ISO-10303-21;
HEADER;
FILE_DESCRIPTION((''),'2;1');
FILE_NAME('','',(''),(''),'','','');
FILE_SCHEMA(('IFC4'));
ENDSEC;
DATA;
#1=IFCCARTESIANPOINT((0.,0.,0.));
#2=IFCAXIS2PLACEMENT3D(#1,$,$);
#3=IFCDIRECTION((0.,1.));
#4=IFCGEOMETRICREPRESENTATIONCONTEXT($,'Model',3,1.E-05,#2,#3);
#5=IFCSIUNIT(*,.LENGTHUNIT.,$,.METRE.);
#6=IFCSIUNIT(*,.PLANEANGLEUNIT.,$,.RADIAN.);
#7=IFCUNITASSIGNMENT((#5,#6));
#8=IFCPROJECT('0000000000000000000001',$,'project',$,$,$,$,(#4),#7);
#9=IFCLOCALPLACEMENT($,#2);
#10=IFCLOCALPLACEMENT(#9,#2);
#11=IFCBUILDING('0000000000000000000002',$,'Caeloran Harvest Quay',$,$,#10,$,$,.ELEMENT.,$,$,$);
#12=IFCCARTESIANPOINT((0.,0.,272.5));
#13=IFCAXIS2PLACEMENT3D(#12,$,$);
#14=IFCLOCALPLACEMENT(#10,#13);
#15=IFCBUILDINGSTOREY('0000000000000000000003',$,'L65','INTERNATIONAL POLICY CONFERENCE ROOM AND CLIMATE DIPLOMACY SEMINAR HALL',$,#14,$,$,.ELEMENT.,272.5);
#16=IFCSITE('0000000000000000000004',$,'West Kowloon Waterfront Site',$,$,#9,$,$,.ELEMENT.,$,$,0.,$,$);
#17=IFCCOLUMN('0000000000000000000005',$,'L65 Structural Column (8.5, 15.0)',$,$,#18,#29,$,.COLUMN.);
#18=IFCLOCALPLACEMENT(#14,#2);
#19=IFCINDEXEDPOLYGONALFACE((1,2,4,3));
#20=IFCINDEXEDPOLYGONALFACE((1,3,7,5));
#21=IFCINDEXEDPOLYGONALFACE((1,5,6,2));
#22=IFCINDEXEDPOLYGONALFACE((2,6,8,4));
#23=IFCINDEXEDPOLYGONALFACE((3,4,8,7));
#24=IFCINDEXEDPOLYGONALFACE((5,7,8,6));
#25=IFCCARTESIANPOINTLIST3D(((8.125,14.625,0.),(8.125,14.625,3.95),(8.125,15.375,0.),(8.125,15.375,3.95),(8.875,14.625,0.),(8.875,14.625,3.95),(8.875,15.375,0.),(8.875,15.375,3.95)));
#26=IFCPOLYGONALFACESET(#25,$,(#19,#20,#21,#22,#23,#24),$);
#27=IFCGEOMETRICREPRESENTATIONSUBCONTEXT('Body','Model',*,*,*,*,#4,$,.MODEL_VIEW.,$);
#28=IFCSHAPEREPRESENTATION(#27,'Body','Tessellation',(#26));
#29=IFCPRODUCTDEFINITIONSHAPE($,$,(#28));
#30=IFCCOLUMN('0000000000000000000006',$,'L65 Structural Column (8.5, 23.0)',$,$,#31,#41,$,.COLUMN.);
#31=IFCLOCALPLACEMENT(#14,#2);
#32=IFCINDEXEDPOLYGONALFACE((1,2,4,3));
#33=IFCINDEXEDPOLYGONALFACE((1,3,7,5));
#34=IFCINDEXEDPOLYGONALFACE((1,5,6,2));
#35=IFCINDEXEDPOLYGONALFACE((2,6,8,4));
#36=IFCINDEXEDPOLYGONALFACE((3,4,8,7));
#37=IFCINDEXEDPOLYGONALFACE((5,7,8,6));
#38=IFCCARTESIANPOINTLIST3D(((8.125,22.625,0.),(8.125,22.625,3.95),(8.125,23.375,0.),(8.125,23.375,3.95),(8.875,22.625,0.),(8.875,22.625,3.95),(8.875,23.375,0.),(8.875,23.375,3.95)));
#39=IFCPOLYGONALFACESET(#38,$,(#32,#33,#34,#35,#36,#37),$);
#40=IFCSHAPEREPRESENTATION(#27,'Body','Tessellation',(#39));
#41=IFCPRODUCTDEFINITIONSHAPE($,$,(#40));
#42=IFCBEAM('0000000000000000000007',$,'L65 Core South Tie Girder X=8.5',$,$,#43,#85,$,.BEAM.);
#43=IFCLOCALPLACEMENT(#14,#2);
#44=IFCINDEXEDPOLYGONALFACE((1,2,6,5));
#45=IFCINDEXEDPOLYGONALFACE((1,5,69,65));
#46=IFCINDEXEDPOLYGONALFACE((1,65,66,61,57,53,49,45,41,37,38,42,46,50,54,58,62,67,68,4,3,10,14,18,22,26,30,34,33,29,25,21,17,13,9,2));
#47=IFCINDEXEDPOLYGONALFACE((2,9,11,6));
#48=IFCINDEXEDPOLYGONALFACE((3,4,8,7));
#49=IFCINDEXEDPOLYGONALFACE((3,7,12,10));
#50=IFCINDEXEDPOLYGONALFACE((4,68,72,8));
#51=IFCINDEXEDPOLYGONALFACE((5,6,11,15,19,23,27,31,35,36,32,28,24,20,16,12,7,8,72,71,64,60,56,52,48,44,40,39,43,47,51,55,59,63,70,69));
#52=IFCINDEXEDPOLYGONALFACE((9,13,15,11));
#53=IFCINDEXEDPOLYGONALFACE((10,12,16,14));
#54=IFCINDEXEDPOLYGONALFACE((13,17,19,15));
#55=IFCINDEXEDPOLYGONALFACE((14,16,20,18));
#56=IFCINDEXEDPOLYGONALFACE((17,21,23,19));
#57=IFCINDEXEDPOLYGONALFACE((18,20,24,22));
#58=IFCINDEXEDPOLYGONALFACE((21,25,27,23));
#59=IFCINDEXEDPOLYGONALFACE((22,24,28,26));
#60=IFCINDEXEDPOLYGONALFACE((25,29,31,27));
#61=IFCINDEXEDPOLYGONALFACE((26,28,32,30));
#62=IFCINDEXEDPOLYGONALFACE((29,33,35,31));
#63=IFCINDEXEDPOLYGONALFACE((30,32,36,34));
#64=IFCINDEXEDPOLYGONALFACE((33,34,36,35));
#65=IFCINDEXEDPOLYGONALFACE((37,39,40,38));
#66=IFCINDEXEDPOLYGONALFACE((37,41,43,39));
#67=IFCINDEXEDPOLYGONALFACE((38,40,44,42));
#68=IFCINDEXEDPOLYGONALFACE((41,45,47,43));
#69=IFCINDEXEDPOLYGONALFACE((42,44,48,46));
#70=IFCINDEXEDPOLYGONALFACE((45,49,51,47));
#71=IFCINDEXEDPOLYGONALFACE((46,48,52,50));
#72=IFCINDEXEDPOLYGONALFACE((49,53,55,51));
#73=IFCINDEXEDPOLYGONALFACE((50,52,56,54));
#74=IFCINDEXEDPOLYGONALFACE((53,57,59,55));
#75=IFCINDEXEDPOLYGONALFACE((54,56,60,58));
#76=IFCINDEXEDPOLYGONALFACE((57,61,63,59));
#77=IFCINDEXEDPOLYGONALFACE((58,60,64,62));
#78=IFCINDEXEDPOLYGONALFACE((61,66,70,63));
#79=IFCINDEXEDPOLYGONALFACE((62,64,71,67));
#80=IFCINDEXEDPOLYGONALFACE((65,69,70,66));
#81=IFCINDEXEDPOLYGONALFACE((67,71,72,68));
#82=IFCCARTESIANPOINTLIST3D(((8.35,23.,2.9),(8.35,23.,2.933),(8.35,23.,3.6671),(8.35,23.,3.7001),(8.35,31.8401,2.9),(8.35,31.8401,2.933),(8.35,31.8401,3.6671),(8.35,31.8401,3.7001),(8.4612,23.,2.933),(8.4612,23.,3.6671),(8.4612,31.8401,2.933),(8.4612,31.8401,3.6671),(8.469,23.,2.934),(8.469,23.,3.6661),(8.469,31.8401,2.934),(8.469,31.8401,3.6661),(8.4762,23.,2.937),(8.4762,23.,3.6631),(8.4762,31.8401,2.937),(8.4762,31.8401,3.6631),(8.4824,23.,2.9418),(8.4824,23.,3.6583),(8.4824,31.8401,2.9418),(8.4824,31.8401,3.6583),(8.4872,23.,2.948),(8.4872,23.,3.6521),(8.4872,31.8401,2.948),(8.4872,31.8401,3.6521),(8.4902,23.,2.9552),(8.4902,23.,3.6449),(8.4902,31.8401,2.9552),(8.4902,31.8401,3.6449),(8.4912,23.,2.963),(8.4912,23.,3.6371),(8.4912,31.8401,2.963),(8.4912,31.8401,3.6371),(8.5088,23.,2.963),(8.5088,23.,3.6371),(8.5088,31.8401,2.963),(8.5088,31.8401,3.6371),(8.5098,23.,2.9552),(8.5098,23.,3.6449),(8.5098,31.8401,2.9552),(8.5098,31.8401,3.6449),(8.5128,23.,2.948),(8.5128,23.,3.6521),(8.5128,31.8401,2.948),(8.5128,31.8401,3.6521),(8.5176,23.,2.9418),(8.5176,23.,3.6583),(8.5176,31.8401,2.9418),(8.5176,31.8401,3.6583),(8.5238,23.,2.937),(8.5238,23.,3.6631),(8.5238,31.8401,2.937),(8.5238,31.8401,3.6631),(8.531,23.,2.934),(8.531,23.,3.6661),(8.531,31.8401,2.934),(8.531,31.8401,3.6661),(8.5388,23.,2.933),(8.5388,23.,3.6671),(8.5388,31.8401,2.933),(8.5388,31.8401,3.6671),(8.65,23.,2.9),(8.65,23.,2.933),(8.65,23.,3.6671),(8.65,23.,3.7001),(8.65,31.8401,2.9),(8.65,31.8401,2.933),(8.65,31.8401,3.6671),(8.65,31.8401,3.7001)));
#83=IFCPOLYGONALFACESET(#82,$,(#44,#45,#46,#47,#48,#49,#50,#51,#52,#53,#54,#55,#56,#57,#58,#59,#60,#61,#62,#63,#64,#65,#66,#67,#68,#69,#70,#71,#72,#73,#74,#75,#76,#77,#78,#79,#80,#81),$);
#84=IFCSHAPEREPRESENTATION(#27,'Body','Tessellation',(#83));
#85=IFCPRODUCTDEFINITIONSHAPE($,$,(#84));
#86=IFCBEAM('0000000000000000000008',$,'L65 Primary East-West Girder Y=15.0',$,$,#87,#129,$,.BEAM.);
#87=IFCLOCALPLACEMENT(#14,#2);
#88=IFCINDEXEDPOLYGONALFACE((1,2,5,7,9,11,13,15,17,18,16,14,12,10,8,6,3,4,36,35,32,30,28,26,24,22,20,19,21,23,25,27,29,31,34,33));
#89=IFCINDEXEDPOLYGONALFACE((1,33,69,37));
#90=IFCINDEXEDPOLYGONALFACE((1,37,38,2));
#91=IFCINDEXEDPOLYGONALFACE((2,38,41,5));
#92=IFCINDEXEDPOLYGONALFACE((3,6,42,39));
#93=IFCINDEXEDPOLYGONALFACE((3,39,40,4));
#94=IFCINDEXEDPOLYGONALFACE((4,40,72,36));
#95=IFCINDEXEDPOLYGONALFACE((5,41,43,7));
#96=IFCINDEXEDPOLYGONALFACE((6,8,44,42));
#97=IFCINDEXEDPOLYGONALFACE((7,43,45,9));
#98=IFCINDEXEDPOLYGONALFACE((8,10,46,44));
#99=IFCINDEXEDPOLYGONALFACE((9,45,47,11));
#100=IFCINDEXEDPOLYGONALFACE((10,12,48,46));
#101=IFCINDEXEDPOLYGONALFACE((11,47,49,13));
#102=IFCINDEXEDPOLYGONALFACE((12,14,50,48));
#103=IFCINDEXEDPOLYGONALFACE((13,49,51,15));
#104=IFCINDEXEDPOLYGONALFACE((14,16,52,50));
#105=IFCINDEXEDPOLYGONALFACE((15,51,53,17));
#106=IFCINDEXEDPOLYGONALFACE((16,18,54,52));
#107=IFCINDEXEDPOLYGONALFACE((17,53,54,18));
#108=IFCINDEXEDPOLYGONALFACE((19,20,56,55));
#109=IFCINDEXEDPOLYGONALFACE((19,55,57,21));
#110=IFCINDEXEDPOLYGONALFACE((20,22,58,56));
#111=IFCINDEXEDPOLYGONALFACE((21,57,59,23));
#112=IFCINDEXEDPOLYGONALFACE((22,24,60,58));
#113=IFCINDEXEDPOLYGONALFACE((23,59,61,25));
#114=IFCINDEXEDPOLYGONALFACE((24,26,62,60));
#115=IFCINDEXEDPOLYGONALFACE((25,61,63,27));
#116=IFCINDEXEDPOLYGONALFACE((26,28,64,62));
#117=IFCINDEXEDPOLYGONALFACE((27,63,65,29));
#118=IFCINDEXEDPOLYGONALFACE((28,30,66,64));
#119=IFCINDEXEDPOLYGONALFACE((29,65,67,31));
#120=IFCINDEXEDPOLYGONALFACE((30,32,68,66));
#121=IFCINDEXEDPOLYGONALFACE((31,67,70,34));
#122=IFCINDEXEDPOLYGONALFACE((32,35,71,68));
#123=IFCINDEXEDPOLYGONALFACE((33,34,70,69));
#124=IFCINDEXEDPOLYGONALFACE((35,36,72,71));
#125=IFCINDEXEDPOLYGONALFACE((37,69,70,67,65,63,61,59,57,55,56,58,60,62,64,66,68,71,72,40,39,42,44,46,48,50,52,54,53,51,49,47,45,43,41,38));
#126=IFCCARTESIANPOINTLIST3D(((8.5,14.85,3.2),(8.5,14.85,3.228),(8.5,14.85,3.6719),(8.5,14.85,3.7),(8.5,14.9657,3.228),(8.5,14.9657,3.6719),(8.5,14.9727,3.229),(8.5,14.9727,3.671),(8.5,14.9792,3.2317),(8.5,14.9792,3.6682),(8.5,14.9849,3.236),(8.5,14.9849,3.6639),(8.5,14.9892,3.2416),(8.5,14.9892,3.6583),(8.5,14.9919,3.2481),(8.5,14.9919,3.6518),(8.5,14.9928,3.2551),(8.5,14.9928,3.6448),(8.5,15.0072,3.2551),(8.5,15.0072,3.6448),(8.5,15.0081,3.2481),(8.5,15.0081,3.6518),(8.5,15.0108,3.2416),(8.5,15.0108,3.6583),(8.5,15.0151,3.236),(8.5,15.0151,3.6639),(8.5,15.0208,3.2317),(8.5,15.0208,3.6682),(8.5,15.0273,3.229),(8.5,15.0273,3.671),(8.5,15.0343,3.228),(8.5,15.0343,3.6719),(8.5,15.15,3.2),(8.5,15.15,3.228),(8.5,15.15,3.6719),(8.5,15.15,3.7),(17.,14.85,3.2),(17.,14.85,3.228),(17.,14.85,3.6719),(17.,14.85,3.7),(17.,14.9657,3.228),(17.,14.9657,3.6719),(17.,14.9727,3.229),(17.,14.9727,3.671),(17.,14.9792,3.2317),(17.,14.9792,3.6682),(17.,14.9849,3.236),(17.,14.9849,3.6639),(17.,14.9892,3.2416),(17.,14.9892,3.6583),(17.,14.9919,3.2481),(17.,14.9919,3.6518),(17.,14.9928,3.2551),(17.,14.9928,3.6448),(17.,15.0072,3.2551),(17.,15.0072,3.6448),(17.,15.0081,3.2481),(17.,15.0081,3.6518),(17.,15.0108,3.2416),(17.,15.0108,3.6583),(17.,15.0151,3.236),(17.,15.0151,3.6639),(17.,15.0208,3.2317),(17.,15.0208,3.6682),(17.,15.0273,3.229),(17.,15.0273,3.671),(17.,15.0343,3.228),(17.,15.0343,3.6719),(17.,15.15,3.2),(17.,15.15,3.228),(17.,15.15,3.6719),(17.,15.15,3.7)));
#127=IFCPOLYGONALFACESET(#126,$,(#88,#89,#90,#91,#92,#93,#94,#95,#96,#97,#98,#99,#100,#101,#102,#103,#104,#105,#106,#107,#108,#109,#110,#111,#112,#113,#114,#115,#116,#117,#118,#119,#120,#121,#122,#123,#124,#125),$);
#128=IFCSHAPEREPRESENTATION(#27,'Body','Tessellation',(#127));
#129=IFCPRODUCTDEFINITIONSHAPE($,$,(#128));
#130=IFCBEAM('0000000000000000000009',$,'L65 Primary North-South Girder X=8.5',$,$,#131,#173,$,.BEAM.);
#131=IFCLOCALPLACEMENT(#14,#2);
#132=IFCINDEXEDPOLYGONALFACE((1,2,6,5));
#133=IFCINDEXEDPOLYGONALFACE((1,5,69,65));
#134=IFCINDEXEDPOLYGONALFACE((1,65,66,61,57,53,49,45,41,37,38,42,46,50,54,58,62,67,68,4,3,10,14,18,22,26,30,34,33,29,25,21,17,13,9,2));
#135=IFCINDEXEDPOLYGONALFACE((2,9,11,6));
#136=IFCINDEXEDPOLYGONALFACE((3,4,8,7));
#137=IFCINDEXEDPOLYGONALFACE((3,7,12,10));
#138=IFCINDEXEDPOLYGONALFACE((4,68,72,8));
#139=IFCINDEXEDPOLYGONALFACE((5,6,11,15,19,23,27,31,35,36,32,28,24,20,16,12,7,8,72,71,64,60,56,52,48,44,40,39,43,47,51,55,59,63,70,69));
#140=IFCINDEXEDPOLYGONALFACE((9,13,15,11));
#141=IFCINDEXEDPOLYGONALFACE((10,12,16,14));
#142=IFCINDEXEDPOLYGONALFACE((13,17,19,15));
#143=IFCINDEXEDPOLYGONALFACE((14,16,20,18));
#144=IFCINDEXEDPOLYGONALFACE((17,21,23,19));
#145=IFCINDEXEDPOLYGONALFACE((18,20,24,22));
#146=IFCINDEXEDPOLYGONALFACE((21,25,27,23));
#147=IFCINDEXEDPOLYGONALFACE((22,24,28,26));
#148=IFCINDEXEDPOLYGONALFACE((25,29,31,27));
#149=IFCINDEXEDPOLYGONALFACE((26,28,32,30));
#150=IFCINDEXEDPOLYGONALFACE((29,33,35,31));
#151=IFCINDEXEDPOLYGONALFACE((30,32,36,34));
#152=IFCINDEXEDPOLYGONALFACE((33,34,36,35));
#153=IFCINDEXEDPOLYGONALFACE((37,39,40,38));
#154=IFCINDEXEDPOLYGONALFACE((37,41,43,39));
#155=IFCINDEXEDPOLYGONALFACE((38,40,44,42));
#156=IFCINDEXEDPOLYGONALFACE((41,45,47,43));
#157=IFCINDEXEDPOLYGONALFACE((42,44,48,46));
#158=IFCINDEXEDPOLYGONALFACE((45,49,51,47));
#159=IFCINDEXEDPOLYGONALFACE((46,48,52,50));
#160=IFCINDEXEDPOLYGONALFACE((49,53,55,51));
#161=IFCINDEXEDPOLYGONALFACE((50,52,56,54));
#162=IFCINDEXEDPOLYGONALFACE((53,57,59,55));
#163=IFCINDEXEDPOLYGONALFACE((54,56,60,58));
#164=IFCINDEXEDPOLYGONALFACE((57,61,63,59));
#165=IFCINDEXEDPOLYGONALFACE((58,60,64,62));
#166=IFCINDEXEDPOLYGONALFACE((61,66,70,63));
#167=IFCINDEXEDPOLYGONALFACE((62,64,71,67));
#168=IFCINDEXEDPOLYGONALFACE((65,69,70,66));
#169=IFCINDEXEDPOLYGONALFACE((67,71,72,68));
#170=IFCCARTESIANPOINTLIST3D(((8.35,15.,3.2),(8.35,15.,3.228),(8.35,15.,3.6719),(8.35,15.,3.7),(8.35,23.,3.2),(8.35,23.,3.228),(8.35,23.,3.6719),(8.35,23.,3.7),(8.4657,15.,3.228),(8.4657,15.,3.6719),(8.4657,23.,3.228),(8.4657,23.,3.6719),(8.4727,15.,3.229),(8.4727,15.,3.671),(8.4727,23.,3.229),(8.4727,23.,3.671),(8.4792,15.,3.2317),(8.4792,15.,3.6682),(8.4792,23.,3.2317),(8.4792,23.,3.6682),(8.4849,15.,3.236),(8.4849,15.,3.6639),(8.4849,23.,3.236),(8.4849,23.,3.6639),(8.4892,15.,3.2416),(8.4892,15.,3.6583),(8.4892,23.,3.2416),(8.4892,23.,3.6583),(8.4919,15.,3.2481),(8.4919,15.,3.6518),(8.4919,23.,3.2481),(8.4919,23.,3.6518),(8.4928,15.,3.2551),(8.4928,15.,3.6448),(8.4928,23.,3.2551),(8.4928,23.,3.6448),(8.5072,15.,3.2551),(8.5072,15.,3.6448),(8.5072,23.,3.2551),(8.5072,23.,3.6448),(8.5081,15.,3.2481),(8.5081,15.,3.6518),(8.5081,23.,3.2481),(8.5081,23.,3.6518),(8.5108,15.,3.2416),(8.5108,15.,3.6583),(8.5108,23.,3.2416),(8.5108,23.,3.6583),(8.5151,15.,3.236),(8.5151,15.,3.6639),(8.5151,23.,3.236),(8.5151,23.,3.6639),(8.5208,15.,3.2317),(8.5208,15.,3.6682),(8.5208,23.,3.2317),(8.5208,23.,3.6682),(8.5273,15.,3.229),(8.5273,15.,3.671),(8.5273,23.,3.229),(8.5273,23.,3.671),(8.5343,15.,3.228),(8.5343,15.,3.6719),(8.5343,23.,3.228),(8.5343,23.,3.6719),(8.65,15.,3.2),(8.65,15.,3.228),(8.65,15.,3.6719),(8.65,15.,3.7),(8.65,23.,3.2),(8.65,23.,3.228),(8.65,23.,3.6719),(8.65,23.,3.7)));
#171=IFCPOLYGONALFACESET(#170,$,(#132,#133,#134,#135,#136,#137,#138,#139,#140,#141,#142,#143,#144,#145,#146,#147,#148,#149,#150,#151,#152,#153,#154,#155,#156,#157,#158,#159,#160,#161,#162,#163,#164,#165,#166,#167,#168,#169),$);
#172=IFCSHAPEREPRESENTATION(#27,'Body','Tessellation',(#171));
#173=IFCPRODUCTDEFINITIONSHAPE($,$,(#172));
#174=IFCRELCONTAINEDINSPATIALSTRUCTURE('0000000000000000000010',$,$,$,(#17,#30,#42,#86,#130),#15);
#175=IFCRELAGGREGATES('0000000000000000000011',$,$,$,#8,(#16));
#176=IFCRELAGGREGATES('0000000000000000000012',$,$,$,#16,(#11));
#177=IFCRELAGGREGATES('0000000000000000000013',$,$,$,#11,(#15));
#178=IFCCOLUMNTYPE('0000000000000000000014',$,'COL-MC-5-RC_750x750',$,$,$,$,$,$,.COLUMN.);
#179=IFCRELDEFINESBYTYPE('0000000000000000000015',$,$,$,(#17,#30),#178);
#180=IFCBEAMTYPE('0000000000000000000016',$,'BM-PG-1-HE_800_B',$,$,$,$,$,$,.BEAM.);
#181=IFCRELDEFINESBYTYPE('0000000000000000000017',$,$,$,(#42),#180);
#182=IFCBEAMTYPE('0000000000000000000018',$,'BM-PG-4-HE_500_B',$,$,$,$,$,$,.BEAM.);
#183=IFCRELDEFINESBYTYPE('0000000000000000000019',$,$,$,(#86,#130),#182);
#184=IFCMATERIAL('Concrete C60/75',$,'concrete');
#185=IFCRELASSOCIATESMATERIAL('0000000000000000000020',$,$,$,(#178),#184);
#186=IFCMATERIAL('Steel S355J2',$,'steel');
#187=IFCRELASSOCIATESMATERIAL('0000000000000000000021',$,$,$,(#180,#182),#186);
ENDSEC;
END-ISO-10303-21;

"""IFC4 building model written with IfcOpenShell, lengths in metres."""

from ifc_helpers import new_model, si_unit, direction, frame, origin, origin_2d, place, context, subcontext, project, spatial, rectangle, i_section, extrude, material, material_profile, profile_set, type_object, element, save


model = new_model("IFC4")

# Units and contexts
model_context = context("Model", 3, precision=1e-05, world=origin(), true_north=direction((0.0, 1.0)))
body_context = subcontext(model_context, "Body", "Model", "MODEL_VIEW")
ifc_project = project(units=[si_unit("LENGTHUNIT", "METRE"), si_unit("PLANEANGLEUNIT", "RADIAN")], contexts=[model_context])

# Site, building, storey
site_placement = place(None, origin())
site = spatial("IfcSite", under=ifc_project, at=site_placement, Name="West Kowloon Waterfront Site", CompositionType="ELEMENT", RefElevation=0.0)
building_placement = place(site_placement, origin())
building = spatial("IfcBuilding", under=site, at=building_placement, Name="Caeloran Harvest Quay", CompositionType="ELEMENT")
storey_placement = place(building_placement, frame((0.0, 0.0, 272.5)))
storey = spatial("IfcBuildingStorey", under=building, at=storey_placement, Name="L65", Description="INTERNATIONAL POLICY CONFERENCE ROOM AND CLIMATE DIPLOMACY SEMINAR HALL", CompositionType="ELEMENT", Elevation=272.5)

# Columns
ifc_material_1 = material(Name="Concrete C60/75", Category="concrete")
ifc_material_profile_1 = material_profile(ifc_material_1, rectangle(XDim=0.75, YDim=0.75, at=origin_2d()), Name="RC 750x750")
ifc_profile_set_1 = profile_set([ifc_material_profile_1], Name="Concrete C60/75")
column_type = type_object("IfcColumnType", Name="COL-MC-5-RC_750x750", PredefinedType="COLUMN", material=ifc_profile_set_1)
for number, where, z_axis, x_axis, name in (
    (1, (8.5, 15.0, 0.0), (0.0, 0.0, 1.0), (1.0, 0.0, 0.0), "L65 Structural Column (8.5, 15.0)"),
    (2, (8.5, 23.0, 0.0), (0.0, 0.0, 1.0), (1.0, 0.0, 0.0), "L65 Structural Column (8.5, 23.0)"),
):
    element("IfcColumn", number, at=place(storey_placement, frame(where, z_axis=z_axis, x_axis=x_axis)), inside=storey, type_object=column_type, Name=name, PredefinedType="COLUMN", context=body_context, shape_type="SweptSolid", body=[
        extrude(rectangle(XDim=0.75, YDim=0.75, at=origin_2d()), origin(), (0.0, 0.0, 1.0), 3.95),
    ])

# Beams
ifc_material_2 = material(Name="Steel S355J2", Category="steel")
ifc_material_profile_2 = material_profile(ifc_material_2, i_section(OverallWidth=0.3, OverallDepth=0.8, WebThickness=0.0176, FlangeThickness=0.033, FilletRadius=0.03, at=origin_2d()), Name="HE 800 B")
ifc_profile_set_2 = profile_set([ifc_material_profile_2], Name="Steel S355J2")
beam_type_1 = type_object("IfcBeamType", Name="BM-PG-1-HE_800_B", PredefinedType="BEAM", material=ifc_profile_set_2)
beam_1_placement = place(storey_placement, frame((8.5, 23.0, 3.3), z_axis=(0.0, 1.0, 0.0), x_axis=(-1.0, 0.0, 0.0)))
element("IfcBeam", 3, at=beam_1_placement, inside=storey, type_object=beam_type_1, Name="L65 Core South Tie Girder X=8.5", PredefinedType="BEAM", context=body_context, shape_type="SweptSolid", body=[
    extrude(i_section(OverallWidth=0.3, OverallDepth=0.8, WebThickness=0.0176, FlangeThickness=0.033, FilletRadius=0.03, at=origin_2d()), origin(), (0.0, 0.0, 1.0), 8.8401),
])
ifc_material_profile_3 = material_profile(ifc_material_2, i_section(OverallWidth=0.3, OverallDepth=0.5, WebThickness=0.0144, FlangeThickness=0.0281, FilletRadius=0.0271, at=origin_2d()), Name="HE 500 B")
ifc_profile_set_3 = profile_set([ifc_material_profile_3], Name="Steel S355J2")
beam_type_2 = type_object("IfcBeamType", Name="BM-PG-4-HE_500_B", PredefinedType="BEAM", material=ifc_profile_set_3)
beam_2_placement = place(storey_placement, frame((8.5, 15.0, 3.45), z_axis=(1.0, 0.0, 0.0), x_axis=(0.0, 1.0, 0.0)))
element("IfcBeam", 4, at=beam_2_placement, inside=storey, type_object=beam_type_2, Name="L65 Primary East-West Girder Y=15.0", PredefinedType="BEAM", context=body_context, shape_type="SweptSolid", body=[
    extrude(i_section(OverallWidth=0.3, OverallDepth=0.5, WebThickness=0.0144, FlangeThickness=0.0281, FilletRadius=0.0271, at=origin_2d()), origin(), (0.0, 0.0, 1.0), 8.5),
])
beam_3_placement = place(storey_placement, frame((8.5, 15.0, 3.45), z_axis=(0.0, 1.0, 0.0), x_axis=(-1.0, 0.0, 0.0)))
element("IfcBeam", 5, at=beam_3_placement, inside=storey, type_object=beam_type_2, Name="L65 Primary North-South Girder X=8.5", PredefinedType="BEAM", context=body_context, shape_type="SweptSolid", body=[
    extrude(i_section(OverallWidth=0.3, OverallDepth=0.5, WebThickness=0.0144, FlangeThickness=0.0281, FilletRadius=0.0271, at=origin_2d()), origin(), (0.0, 0.0, 1.0), 8.0),
])

save(model, "model.ifc")
